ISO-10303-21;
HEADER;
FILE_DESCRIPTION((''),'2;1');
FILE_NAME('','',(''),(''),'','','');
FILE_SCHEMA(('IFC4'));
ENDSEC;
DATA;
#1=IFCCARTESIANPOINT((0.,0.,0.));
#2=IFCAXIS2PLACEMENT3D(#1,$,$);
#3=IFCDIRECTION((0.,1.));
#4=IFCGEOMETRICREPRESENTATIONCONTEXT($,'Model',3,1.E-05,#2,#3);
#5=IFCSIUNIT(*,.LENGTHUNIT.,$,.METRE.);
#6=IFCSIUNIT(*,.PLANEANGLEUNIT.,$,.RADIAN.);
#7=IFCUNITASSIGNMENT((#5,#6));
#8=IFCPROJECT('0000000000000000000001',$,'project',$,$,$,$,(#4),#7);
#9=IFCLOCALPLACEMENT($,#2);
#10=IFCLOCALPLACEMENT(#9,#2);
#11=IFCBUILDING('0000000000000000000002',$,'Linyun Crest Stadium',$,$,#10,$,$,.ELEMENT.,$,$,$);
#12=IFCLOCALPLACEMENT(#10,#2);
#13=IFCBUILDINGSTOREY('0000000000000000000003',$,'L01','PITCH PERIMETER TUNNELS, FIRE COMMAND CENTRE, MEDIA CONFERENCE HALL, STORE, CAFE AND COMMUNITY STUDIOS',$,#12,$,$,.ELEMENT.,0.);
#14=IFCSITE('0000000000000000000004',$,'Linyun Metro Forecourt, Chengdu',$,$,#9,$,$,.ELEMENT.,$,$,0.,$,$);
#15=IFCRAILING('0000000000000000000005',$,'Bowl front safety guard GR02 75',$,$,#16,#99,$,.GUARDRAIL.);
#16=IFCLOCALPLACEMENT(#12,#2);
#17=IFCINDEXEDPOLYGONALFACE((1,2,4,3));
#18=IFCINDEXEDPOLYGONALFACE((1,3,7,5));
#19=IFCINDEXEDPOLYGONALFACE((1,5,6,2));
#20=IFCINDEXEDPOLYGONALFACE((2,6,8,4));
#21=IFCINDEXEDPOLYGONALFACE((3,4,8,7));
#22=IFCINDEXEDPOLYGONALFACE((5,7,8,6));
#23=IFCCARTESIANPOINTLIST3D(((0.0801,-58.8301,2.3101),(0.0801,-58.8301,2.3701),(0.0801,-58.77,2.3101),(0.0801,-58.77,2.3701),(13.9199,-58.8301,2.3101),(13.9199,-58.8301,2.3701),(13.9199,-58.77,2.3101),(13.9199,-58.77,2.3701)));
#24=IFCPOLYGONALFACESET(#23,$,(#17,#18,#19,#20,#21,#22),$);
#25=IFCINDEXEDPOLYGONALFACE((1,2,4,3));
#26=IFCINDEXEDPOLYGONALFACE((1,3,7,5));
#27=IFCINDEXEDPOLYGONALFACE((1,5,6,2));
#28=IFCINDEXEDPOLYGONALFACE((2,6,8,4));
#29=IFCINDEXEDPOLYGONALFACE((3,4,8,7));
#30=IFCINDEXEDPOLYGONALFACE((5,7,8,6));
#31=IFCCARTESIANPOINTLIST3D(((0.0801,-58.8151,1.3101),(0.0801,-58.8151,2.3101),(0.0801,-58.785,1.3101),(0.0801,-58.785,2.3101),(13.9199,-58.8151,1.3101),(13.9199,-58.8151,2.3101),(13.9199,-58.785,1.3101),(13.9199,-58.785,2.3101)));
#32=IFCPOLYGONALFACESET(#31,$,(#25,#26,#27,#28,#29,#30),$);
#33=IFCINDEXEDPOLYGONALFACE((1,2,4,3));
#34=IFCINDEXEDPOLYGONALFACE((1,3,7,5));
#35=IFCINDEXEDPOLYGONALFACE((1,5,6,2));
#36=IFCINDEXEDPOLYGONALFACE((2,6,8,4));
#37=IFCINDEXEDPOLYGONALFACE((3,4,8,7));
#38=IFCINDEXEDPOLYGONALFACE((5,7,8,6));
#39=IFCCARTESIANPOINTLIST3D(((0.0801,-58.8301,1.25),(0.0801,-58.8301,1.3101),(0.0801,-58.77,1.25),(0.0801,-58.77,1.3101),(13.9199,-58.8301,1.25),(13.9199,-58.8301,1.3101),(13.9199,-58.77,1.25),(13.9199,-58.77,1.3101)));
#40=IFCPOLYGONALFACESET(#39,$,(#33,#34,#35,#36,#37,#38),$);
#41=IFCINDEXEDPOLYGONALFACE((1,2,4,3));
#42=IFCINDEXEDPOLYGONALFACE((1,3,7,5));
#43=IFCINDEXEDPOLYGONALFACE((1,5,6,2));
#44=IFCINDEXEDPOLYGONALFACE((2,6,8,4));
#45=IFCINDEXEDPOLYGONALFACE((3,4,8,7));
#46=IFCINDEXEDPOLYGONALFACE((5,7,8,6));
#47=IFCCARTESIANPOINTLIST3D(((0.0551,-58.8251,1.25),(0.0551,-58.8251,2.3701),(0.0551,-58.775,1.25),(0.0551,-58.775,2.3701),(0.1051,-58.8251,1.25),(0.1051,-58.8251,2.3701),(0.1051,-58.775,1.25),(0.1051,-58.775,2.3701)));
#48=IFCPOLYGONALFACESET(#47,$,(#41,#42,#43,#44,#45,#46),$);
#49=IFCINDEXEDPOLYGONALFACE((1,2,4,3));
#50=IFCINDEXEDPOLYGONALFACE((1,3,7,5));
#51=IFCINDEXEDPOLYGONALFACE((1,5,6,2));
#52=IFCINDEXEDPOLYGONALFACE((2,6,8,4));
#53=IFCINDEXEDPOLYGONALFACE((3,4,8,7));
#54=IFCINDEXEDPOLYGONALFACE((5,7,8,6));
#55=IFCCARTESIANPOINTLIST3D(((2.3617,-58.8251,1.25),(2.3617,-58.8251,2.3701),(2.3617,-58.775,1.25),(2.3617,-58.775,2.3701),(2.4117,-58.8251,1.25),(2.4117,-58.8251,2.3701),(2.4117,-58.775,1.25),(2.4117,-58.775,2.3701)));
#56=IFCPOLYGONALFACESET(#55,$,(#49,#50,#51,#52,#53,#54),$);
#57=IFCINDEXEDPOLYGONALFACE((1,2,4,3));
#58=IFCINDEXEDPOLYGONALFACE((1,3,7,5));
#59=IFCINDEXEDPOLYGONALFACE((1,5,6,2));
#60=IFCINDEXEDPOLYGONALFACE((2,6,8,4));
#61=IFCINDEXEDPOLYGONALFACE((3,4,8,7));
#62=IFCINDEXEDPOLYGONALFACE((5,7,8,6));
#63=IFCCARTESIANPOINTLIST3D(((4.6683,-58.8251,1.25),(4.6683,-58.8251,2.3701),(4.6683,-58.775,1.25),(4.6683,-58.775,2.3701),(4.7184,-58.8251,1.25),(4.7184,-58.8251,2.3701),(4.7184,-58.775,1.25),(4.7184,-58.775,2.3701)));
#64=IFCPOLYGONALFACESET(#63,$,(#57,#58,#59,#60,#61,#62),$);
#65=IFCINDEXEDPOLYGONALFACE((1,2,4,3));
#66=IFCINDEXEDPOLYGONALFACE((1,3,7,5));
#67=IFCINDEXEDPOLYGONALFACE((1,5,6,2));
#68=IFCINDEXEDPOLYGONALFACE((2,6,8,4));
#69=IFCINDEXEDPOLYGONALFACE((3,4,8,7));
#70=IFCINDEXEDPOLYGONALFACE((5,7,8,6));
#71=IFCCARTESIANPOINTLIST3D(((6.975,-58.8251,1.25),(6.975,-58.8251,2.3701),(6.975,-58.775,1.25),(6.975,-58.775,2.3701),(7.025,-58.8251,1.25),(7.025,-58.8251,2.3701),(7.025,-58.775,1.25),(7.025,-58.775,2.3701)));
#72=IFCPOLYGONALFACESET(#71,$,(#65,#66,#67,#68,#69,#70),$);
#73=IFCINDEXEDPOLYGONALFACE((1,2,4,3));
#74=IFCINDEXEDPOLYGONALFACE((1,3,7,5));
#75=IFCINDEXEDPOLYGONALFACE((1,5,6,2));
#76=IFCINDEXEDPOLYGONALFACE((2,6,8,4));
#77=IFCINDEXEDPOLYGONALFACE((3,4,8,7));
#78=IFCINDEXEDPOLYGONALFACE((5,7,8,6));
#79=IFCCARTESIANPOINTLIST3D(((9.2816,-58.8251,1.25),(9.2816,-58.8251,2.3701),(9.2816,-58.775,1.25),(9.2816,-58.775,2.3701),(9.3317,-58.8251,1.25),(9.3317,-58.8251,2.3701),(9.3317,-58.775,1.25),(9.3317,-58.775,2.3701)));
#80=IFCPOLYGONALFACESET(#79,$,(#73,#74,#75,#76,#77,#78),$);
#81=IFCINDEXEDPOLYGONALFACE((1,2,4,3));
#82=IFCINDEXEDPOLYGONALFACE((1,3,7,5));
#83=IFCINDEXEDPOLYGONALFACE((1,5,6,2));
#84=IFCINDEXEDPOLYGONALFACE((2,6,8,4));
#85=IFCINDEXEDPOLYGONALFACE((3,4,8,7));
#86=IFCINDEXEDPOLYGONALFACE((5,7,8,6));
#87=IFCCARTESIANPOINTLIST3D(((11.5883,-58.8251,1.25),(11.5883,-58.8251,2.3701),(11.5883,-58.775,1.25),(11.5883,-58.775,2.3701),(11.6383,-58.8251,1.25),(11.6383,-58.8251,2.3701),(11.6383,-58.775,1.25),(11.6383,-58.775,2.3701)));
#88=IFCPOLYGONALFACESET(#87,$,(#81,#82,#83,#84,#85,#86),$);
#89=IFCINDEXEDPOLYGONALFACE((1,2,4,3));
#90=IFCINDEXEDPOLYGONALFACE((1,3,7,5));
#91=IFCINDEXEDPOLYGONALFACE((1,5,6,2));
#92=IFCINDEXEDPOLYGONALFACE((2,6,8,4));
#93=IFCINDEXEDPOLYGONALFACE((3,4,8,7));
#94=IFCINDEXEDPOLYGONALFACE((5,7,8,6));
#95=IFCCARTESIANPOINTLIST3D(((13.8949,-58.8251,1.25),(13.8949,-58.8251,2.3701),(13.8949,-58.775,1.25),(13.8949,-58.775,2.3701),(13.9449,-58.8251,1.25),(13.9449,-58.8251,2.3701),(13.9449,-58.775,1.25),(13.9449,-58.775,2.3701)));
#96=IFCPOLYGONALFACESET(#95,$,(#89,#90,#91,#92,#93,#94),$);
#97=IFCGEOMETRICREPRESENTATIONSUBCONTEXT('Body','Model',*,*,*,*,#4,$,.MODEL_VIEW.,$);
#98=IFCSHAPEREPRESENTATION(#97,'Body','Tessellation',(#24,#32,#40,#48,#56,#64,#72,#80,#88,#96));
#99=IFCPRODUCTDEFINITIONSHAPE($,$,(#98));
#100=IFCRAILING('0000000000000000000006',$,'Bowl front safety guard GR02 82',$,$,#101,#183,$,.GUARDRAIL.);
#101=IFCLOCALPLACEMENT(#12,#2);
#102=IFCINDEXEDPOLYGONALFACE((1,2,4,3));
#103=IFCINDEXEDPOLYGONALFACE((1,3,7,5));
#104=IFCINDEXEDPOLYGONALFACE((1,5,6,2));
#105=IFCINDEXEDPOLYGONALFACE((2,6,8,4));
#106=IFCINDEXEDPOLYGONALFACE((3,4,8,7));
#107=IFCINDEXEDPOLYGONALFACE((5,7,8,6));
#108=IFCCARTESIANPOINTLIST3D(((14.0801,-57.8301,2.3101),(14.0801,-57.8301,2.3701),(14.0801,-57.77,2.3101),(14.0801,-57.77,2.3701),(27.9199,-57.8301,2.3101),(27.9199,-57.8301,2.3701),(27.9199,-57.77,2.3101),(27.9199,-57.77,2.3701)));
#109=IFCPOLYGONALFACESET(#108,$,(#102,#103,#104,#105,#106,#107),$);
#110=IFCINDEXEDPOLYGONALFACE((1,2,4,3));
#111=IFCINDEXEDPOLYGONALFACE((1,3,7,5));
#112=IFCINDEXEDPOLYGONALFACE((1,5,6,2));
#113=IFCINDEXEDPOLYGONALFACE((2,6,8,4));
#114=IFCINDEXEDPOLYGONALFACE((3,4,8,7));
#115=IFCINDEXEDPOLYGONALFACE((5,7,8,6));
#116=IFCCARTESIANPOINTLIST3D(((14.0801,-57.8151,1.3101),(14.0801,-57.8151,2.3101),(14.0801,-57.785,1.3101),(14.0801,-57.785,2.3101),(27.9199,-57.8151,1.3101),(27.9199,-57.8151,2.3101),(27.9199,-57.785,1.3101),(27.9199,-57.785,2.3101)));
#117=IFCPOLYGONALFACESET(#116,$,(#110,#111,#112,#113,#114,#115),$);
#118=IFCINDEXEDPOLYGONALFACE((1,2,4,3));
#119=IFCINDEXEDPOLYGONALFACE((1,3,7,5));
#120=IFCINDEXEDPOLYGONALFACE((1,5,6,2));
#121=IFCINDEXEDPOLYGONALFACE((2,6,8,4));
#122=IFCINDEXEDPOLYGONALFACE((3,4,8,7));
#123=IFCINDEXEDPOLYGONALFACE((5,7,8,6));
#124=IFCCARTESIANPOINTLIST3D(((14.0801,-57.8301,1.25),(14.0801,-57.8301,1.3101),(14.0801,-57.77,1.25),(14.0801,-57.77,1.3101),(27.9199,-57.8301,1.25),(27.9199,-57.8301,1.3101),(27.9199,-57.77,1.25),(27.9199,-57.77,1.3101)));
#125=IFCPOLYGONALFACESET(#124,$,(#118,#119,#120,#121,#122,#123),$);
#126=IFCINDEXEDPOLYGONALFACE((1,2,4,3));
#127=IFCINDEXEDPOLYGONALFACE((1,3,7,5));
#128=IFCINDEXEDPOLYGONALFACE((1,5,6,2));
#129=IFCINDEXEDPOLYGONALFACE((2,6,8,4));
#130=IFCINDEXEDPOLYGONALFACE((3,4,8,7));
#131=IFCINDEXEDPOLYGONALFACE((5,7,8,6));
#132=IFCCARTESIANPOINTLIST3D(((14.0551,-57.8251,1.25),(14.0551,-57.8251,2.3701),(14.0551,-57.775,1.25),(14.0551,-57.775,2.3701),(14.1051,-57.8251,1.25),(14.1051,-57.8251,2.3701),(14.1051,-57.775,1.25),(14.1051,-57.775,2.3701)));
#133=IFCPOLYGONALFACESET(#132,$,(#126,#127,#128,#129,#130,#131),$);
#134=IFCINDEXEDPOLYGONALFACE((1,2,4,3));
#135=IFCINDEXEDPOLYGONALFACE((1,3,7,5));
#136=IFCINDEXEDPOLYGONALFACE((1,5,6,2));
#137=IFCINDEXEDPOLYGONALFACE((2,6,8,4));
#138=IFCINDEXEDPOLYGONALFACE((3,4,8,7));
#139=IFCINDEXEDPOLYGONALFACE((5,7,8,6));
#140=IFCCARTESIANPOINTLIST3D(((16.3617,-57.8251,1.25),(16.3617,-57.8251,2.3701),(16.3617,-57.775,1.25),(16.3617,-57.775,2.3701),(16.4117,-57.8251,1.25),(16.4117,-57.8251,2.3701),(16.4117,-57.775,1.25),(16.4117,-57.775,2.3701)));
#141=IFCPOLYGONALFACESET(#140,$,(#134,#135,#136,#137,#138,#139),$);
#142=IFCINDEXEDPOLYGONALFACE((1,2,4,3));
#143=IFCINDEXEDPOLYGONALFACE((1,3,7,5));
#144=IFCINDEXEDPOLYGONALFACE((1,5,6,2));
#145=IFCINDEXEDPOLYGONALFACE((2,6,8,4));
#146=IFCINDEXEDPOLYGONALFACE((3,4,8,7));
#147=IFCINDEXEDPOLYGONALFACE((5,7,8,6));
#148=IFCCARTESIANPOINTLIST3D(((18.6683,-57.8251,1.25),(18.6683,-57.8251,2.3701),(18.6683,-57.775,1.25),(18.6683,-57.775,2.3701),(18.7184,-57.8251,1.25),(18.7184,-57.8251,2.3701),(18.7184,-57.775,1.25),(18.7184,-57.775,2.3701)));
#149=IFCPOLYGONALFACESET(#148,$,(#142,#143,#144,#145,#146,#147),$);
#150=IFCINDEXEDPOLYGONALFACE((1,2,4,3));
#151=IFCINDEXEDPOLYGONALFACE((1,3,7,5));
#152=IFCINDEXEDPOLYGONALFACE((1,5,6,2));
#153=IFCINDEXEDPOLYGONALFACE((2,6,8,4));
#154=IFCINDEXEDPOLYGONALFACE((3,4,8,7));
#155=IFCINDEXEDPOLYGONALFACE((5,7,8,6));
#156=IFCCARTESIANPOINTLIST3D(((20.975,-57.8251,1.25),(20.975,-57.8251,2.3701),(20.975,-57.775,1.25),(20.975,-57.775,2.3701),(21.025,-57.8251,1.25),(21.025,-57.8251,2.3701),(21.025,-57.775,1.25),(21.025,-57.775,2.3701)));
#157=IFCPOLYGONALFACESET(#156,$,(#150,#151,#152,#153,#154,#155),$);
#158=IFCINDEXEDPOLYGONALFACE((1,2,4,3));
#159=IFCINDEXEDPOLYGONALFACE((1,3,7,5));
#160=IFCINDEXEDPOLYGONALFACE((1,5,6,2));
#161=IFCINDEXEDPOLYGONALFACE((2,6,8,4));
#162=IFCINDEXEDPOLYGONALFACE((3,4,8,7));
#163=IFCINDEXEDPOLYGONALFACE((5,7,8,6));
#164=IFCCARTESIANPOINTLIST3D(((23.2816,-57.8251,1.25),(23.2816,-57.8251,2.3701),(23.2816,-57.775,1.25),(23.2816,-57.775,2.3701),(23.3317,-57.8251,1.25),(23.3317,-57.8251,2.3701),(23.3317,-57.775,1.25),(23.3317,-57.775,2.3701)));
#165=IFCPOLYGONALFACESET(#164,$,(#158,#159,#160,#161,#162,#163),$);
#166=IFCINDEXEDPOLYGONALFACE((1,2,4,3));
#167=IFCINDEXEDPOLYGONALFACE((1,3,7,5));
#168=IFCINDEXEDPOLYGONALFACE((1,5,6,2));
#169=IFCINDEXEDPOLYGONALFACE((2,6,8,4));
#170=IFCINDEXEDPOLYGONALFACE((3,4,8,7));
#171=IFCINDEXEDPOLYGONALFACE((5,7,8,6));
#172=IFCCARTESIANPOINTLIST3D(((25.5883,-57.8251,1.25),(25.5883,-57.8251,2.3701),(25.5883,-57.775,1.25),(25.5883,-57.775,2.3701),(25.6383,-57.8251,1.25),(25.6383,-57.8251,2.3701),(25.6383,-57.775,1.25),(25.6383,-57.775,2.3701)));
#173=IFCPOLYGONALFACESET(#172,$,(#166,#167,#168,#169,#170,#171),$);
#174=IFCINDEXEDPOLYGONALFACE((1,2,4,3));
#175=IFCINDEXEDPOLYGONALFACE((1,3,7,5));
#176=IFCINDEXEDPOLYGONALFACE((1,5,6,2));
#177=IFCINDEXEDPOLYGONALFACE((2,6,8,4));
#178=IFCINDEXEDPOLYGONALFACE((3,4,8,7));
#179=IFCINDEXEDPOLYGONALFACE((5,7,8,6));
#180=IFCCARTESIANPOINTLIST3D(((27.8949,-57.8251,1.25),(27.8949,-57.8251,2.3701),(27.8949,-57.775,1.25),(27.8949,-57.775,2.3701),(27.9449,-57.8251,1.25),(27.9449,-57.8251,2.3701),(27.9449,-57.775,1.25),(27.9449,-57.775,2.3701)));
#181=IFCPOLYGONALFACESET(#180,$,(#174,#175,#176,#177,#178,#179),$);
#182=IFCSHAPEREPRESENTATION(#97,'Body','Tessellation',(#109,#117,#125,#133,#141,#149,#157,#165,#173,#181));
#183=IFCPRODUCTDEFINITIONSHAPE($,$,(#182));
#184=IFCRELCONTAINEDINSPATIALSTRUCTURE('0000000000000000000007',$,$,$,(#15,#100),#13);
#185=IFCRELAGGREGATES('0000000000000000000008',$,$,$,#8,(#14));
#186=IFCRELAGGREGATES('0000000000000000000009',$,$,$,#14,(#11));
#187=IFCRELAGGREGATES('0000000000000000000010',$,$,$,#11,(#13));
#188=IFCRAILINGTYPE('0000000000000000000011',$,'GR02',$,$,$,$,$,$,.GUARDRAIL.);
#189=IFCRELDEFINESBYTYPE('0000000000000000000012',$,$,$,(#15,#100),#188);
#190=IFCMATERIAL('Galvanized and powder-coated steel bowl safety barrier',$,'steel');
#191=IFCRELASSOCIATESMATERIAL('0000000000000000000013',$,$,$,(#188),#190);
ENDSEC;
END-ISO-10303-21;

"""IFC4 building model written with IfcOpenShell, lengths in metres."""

from ifc_helpers import new_model, si_unit, direction, frame, origin, origin_2d, place, context, subcontext, project, spatial, rectangle, extrude, material, type_object, element, save


model = new_model("IFC4")

# Units and contexts
model_context = context("Model", 3, precision=1e-05, world=origin(), true_north=direction((0.0, 1.0)))
body_context = subcontext(model_context, "Body", "Model", "MODEL_VIEW")
ifc_project = project(units=[si_unit("LENGTHUNIT", "METRE"), si_unit("PLANEANGLEUNIT", "RADIAN")], contexts=[model_context])

# Site, building, storey
site_placement = place(None, origin())
site = spatial("IfcSite", under=ifc_project, at=site_placement, Name="Linyun Metro Forecourt, Chengdu", CompositionType="ELEMENT", RefElevation=0.0)
building_placement = place(site_placement, origin())
building = spatial("IfcBuilding", under=site, at=building_placement, Name="Linyun Crest Stadium", CompositionType="ELEMENT")
storey_placement = place(building_placement, origin())
storey = spatial("IfcBuildingStorey", under=building, at=storey_placement, Name="L01", Description="PITCH PERIMETER TUNNELS, FIRE COMMAND CENTRE, MEDIA CONFERENCE HALL, STORE, CAFE AND COMMUNITY STUDIOS", CompositionType="ELEMENT", Elevation=0.0)

# Railings
ifc_material_1 = material(Name="Galvanized and powder-coated steel bowl safety barrier", Category="steel")
railing_type = type_object("IfcRailingType", Name="GR02", PredefinedType="GUARDRAIL", material=ifc_material_1)
for number, where, name in (
    (1, (0.0801, -58.8, 1.25), "Bowl front safety guard GR02 75"),
    (2, (14.0801, -57.8, 1.25), "Bowl front safety guard GR02 82"),
):
    element("IfcRailing", number, at=place(storey_placement, frame(where)), inside=storey, type_object=railing_type, Name=name, PredefinedType="GUARDRAIL", context=body_context, shape_type="SweptSolid", body=[
        extrude(rectangle(XDim=0.0601, YDim=0.0601, at=origin_2d()), frame((0.0, 0.0, 1.0901), z_axis=(1.0, 0.0, 0.0), x_axis=(0.0, 1.0, 0.0)), (0.0, 0.0, 1.0), 13.8398),
        extrude(rectangle(XDim=0.03, YDim=1.0, at=origin_2d()), frame((0.0, 0.0, 0.5601), z_axis=(1.0, 0.0, 0.0), x_axis=(0.0, 1.0, 0.0)), (0.0, 0.0, 1.0), 13.8398),
        extrude(rectangle(XDim=0.0601, YDim=0.0601, at=origin_2d()), frame((0.0, 0.0, 0.03), z_axis=(1.0, 0.0, 0.0), x_axis=(0.0, 1.0, 0.0)), (0.0, 0.0, 1.0), 13.8398),
        extrude(rectangle(XDim=0.05, YDim=0.05, at=origin_2d()), origin(), (0.0, 0.0, 1.0), 1.1201),
        extrude(rectangle(XDim=0.05, YDim=0.05, at=origin_2d()), frame((2.3066, 0.0, 0.0)), (0.0, 0.0, 1.0), 1.1201),
        extrude(rectangle(XDim=0.05, YDim=0.05, at=origin_2d()), frame((4.6133, 0.0, 0.0)), (0.0, 0.0, 1.0), 1.1201),
        extrude(rectangle(XDim=0.05, YDim=0.05, at=origin_2d()), frame((6.9199, 0.0, 0.0)), (0.0, 0.0, 1.0), 1.1201),
        extrude(rectangle(XDim=0.05, YDim=0.05, at=origin_2d()), frame((9.2266, 0.0, 0.0)), (0.0, 0.0, 1.0), 1.1201),
        extrude(rectangle(XDim=0.05, YDim=0.05, at=origin_2d()), frame((11.5332, 0.0, 0.0)), (0.0, 0.0, 1.0), 1.1201),
        extrude(rectangle(XDim=0.05, YDim=0.05, at=origin_2d()), frame((13.8398, 0.0, 0.0)), (0.0, 0.0, 1.0), 1.1201),
    ])

save(model, "model.ifc")
